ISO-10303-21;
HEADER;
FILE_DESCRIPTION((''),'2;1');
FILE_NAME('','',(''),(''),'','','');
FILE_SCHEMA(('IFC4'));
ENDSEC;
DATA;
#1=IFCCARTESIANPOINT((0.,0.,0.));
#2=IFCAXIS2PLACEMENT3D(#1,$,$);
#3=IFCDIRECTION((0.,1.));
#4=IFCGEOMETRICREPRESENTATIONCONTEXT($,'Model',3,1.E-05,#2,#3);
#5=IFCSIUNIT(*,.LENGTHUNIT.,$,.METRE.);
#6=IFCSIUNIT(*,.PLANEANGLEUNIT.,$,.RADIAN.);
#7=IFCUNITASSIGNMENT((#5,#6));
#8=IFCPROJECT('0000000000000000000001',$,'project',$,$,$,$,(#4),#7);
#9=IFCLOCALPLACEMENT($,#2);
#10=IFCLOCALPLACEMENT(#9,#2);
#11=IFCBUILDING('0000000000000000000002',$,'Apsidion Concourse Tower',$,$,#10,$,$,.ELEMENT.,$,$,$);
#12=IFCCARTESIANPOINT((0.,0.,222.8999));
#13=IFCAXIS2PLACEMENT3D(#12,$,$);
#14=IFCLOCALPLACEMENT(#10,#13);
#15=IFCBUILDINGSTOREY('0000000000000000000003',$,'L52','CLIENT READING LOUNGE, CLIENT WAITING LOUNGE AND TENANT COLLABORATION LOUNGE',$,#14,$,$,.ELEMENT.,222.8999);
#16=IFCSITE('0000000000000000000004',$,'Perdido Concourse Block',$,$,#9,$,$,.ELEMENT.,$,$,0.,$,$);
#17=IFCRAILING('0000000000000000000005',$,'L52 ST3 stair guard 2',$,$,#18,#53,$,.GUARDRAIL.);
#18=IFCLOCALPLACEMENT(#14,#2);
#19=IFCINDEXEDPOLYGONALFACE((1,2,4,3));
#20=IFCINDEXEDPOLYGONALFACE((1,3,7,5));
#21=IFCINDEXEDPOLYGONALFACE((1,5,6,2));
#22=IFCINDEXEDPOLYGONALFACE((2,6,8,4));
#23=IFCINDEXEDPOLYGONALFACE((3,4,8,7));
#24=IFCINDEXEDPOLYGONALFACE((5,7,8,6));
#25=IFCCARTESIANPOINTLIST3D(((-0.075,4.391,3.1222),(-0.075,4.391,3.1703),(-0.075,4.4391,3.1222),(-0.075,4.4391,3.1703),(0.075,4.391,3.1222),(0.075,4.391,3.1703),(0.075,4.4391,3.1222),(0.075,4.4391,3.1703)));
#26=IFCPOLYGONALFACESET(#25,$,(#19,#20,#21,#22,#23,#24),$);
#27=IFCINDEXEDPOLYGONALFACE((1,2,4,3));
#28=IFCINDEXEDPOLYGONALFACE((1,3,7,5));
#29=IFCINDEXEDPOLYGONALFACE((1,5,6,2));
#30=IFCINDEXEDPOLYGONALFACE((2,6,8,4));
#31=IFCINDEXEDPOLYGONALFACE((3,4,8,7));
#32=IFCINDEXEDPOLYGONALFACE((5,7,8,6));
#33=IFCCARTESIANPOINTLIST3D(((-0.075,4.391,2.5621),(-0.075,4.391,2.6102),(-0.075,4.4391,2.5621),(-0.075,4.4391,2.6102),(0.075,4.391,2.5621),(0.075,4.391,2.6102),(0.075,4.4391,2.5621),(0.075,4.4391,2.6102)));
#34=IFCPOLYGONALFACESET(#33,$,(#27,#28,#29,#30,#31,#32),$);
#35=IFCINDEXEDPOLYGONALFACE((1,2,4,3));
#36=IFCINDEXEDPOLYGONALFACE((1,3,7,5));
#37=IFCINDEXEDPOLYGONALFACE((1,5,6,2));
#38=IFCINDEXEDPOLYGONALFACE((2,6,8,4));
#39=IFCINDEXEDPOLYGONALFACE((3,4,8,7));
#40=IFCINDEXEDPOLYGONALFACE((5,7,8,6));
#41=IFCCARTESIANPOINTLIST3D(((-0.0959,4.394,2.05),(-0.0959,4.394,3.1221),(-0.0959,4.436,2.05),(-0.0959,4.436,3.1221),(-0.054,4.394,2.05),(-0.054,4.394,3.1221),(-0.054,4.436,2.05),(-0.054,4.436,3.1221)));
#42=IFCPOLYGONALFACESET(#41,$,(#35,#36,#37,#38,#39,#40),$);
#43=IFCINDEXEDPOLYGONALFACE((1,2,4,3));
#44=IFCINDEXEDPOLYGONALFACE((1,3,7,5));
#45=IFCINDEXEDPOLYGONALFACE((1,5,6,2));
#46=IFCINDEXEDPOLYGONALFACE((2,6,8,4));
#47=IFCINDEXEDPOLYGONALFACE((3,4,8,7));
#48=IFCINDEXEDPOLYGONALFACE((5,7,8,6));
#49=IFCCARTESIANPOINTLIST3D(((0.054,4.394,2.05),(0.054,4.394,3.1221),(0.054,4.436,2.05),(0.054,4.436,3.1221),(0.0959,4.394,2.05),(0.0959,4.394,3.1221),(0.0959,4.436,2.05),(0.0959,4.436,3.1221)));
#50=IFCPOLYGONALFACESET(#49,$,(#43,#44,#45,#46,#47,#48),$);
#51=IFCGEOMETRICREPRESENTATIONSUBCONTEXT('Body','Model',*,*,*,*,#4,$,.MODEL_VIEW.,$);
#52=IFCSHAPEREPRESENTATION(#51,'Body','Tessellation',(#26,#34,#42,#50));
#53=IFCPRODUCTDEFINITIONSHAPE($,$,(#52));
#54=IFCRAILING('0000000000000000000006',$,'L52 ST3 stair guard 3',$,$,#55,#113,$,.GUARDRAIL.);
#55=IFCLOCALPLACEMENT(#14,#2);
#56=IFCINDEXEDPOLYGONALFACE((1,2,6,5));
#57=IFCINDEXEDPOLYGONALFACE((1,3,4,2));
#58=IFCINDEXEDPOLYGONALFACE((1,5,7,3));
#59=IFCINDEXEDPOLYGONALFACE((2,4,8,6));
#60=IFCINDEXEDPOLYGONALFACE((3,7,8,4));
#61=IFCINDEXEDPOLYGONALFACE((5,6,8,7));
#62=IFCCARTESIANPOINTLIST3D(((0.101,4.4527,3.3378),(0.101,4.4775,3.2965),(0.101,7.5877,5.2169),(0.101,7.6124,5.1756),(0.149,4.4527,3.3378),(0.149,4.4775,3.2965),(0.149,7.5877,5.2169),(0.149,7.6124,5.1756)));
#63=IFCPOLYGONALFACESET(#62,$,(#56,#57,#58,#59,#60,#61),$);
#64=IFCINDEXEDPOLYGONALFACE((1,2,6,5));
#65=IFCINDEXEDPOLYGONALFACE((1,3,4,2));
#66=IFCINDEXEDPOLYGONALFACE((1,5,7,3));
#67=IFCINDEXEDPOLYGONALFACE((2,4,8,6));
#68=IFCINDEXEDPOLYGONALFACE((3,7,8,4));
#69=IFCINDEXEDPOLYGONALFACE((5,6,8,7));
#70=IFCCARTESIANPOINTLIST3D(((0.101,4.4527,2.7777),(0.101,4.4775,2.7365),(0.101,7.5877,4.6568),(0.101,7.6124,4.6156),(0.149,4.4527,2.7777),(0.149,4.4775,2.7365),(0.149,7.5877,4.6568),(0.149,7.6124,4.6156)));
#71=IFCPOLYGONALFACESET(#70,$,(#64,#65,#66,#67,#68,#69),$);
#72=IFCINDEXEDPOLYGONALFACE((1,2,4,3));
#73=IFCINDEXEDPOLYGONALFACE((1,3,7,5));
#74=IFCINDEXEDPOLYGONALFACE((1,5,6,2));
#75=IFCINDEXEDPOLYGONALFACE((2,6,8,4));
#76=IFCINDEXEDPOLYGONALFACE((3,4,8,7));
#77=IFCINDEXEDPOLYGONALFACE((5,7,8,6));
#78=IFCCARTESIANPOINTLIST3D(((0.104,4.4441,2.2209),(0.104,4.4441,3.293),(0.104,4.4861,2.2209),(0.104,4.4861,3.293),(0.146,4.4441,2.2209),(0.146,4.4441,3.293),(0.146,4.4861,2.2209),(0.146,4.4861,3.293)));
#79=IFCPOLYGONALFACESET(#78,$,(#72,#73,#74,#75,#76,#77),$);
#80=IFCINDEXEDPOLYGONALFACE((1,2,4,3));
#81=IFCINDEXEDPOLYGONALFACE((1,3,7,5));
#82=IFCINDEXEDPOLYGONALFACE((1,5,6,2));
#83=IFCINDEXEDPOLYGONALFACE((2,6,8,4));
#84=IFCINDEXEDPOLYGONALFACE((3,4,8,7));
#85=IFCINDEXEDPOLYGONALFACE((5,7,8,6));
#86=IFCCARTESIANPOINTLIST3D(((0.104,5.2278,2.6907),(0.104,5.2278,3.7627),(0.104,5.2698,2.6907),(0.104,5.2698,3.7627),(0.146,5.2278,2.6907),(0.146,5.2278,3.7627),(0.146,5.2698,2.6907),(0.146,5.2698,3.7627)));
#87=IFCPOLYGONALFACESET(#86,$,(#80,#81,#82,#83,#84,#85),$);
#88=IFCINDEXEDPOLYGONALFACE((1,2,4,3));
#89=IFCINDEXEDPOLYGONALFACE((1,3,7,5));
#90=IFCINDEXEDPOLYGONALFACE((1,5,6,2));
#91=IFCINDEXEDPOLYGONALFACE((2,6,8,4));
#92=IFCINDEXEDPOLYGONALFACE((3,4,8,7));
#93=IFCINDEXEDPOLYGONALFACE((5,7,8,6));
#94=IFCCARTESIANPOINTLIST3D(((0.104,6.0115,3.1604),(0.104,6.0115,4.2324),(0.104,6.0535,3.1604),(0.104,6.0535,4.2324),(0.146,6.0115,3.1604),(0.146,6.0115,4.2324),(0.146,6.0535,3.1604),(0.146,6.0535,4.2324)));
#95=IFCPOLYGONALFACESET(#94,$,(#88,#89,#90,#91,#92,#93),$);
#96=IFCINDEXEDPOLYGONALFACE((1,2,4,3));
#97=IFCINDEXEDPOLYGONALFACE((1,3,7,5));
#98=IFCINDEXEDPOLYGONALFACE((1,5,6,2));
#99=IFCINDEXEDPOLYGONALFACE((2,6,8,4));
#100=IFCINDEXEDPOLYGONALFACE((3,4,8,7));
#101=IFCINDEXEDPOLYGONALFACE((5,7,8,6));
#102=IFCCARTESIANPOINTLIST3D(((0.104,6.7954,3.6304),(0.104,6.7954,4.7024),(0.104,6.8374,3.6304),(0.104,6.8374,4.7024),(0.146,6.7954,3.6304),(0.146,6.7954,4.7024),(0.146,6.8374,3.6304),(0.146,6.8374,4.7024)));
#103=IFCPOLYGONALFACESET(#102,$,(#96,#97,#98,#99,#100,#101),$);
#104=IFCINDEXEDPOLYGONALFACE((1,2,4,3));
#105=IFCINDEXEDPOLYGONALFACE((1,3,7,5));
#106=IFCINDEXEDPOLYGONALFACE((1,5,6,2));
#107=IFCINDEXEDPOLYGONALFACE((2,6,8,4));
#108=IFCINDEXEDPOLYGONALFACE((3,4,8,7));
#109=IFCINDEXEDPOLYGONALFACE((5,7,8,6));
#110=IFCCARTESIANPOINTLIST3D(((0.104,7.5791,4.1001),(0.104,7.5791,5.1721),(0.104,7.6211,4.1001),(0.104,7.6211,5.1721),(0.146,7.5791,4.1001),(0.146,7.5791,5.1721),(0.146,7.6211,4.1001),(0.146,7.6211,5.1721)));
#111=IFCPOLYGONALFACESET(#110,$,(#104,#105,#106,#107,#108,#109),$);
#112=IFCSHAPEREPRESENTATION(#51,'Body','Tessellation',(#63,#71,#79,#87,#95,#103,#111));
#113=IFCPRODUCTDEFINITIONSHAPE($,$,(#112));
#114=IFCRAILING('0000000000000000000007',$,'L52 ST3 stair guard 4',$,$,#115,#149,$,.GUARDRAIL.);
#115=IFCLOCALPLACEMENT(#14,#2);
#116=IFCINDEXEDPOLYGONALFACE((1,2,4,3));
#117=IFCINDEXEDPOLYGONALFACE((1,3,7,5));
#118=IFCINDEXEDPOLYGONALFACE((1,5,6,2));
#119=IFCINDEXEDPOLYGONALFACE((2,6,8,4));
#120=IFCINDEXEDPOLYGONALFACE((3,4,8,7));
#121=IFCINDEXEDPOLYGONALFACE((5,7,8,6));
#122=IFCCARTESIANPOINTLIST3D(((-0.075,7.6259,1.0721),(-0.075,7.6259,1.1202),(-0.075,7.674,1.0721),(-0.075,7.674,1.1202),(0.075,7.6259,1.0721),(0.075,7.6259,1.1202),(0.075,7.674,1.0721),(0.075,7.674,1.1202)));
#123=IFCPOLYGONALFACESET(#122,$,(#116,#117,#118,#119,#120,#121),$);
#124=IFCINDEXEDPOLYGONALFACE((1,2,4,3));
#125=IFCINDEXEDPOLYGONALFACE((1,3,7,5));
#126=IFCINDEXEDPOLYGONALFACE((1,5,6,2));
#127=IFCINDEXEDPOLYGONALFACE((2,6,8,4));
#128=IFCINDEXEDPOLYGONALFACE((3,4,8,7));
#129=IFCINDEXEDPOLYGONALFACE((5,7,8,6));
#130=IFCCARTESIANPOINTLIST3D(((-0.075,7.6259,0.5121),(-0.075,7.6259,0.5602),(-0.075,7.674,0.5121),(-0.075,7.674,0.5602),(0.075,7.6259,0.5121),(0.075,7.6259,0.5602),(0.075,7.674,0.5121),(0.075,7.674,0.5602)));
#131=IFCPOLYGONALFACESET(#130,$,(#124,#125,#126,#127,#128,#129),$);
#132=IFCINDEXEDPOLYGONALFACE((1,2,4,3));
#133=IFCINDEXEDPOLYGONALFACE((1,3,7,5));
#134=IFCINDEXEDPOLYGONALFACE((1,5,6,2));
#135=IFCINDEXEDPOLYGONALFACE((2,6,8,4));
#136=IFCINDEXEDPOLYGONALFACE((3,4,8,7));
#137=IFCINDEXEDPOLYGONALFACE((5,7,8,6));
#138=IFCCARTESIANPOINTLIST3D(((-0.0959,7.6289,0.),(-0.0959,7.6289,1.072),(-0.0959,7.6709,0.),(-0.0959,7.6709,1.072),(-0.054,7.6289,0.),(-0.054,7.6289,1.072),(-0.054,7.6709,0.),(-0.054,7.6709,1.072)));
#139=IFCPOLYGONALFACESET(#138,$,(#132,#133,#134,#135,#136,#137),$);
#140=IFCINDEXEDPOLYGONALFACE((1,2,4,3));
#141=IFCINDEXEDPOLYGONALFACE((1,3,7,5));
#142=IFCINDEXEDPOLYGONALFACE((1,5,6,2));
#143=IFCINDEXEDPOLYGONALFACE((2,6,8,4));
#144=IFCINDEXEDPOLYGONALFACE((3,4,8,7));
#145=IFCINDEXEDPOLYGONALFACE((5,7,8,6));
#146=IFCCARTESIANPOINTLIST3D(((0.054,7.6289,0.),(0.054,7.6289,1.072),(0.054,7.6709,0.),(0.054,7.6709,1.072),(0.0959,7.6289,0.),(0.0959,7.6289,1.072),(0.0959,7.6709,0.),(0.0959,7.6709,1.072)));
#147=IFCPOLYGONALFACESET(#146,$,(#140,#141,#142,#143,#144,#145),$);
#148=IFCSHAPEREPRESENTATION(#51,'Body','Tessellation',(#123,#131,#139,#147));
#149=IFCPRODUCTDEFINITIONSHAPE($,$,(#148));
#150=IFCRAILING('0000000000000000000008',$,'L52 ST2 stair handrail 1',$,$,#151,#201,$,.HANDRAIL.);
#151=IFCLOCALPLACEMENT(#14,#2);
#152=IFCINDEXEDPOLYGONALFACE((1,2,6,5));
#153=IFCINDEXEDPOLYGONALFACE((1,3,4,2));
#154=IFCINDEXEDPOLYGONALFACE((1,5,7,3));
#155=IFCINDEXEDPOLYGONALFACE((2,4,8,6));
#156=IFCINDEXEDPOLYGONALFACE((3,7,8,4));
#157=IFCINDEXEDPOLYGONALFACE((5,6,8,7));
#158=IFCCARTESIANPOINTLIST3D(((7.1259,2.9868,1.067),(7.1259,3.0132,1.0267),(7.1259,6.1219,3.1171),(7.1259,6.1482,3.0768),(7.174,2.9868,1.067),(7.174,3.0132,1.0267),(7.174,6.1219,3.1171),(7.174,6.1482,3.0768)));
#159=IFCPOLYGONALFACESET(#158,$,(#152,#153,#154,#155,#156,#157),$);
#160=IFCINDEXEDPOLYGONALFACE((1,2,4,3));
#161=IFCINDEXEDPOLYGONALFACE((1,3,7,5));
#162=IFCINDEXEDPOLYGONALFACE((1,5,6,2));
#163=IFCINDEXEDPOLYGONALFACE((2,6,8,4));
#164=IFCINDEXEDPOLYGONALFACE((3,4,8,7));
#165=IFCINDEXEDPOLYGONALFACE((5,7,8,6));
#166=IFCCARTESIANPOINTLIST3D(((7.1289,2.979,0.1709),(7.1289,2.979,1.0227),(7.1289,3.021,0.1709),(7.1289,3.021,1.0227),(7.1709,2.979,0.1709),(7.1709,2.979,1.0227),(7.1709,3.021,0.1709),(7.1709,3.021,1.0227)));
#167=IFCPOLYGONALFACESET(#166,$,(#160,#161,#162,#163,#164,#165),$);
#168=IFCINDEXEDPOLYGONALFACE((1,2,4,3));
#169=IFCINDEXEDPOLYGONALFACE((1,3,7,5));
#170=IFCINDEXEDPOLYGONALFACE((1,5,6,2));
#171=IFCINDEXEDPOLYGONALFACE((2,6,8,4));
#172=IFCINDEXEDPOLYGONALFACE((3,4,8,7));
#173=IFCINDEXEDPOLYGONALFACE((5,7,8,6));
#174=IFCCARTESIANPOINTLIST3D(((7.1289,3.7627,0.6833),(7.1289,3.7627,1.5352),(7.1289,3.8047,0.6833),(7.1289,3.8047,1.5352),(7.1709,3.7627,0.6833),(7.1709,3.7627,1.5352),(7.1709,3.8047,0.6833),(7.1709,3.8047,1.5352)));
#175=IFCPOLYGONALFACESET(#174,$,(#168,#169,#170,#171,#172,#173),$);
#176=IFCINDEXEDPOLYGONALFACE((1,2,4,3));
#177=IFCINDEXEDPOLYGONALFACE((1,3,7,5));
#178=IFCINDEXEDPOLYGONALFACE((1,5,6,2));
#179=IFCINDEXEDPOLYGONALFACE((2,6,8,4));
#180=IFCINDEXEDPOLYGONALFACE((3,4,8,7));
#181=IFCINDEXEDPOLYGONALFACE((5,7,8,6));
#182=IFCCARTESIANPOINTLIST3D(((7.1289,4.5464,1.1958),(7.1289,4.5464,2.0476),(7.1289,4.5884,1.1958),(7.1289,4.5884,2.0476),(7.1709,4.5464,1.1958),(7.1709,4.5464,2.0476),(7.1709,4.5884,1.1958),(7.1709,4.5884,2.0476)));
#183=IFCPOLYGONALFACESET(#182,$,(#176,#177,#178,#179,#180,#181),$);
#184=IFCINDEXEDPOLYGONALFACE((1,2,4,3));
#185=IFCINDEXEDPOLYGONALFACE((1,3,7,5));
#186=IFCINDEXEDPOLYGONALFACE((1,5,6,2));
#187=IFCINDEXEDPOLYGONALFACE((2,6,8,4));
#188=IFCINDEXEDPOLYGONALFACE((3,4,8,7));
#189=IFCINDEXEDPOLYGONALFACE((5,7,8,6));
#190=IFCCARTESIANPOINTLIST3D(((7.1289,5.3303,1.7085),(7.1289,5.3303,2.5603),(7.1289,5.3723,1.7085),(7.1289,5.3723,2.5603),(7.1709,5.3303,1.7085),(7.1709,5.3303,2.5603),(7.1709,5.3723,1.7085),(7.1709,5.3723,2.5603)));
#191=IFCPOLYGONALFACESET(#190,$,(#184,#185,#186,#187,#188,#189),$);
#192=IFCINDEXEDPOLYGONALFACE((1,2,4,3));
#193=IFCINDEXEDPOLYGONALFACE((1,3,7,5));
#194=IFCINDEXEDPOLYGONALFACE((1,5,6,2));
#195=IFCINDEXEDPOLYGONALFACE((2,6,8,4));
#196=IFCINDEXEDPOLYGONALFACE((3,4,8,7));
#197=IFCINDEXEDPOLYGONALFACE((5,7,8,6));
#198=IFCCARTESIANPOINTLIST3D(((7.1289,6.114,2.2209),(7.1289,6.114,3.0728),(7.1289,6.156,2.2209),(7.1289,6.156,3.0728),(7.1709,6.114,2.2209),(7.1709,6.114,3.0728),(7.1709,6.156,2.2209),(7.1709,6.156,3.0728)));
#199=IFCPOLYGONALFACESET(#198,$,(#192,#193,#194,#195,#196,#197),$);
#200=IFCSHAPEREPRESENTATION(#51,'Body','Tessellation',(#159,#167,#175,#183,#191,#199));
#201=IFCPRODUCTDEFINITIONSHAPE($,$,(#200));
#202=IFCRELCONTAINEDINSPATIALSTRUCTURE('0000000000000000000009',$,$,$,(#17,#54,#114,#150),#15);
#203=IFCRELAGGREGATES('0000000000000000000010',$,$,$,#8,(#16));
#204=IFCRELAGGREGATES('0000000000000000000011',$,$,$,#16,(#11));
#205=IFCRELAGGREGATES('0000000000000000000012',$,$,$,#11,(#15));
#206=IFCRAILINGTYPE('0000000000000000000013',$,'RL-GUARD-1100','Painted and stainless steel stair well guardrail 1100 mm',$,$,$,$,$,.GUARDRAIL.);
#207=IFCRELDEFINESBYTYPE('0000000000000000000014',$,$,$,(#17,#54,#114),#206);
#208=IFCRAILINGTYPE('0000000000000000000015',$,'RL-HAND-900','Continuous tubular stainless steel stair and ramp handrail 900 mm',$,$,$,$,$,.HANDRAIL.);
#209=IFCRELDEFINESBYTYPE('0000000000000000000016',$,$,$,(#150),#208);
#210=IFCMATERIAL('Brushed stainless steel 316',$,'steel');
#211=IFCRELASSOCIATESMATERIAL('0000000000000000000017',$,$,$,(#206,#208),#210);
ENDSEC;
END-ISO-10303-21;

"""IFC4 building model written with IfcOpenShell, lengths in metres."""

from ifc_helpers import new_model, si_unit, direction, frame, origin, origin_2d, place, context, subcontext, project, spatial, rectangle, extrude, material, type_object, element, save


model = new_model("IFC4")

# Units and contexts
model_context = context("Model", 3, precision=1e-05, world=origin(), true_north=direction((0.0, 1.0)))
body_context = subcontext(model_context, "Body", "Model", "MODEL_VIEW")
ifc_project = project(units=[si_unit("LENGTHUNIT", "METRE"), si_unit("PLANEANGLEUNIT", "RADIAN")], contexts=[model_context])

# Site, building, storey
site_placement = place(None, origin())
site = spatial("IfcSite", under=ifc_project, at=site_placement, Name="Perdido Concourse Block", CompositionType="ELEMENT", RefElevation=0.0)
building_placement = place(site_placement, origin())
building = spatial("IfcBuilding", under=site, at=building_placement, Name="Apsidion Concourse Tower", CompositionType="ELEMENT")
storey_placement = place(building_placement, frame((0.0, 0.0, 222.8999)))
storey = spatial("IfcBuildingStorey", under=building, at=storey_placement, Name="L52", Description="CLIENT READING LOUNGE, CLIENT WAITING LOUNGE AND TENANT COLLABORATION LOUNGE", CompositionType="ELEMENT", Elevation=222.8999)

# Railings
ifc_material_1 = material(Name="Brushed stainless steel 316", Category="steel")
railing_type_1 = type_object("IfcRailingType", Name="RL-GUARD-1100", Description="Painted and stainless steel stair well guardrail 1100 mm", PredefinedType="GUARDRAIL", material=ifc_material_1)
railing_1_placement = place(storey_placement, frame((-0.075, 4.415, 2.05)))
element("IfcRailing", 1, at=railing_1_placement, inside=storey, type_object=railing_type_1, Name="L52 ST3 stair guard 2", PredefinedType="GUARDRAIL", context=body_context, shape_type="SweptSolid", body=[
    extrude(rectangle(XDim=0.0481, YDim=0.0481, at=origin_2d()), frame((0.0, 0.0, 1.0962), z_axis=(1.0, 0.0, 0.0), x_axis=(0.0, 1.0, 0.0)), (0.0, 0.0, 1.0), 0.1499),
    extrude(rectangle(XDim=0.0481, YDim=0.0481, at=origin_2d()), frame((0.0, 0.0, 0.5361), z_axis=(1.0, 0.0, 0.0), x_axis=(0.0, 1.0, 0.0)), (0.0, 0.0, 1.0), 0.1499),
    extrude(rectangle(XDim=0.042, YDim=0.042, at=origin_2d()), origin(), (0.0, 0.0, 1.0), 1.072),
    extrude(rectangle(XDim=0.042, YDim=0.042, at=origin_2d()), frame((0.1499, 0.0, 0.0)), (0.0, 0.0, 1.0), 1.072),
])
railing_2_placement = place(storey_placement, frame((0.125, 4.4651, 2.2209)))
element("IfcRailing", 2, at=railing_2_placement, inside=storey, type_object=railing_type_1, Name="L52 ST3 stair guard 3", PredefinedType="GUARDRAIL", context=body_context, shape_type="SweptSolid", body=[
    extrude(rectangle(XDim=0.0481, YDim=0.0481, at=origin_2d()), frame((0.0, 0.0, 1.0962), z_axis=(0.0, 0.857717, 0.514122), x_axis=(-1.0, 0.0, 0.0)), (0.0, 0.0, 1.0), 3.655),
    extrude(rectangle(XDim=0.0481, YDim=0.0481, at=origin_2d()), frame((0.0, 0.0, 0.5361), z_axis=(0.0, 0.857717, 0.514122), x_axis=(-1.0, 0.0, 0.0)), (0.0, 0.0, 1.0), 3.655),
    extrude(rectangle(XDim=0.042, YDim=0.042, at=origin_2d()), origin(), (0.0, 0.0, 1.0), 1.072),
    extrude(rectangle(XDim=0.042, YDim=0.042, at=origin_2d()), frame((0.0, 0.7837, 0.4697)), (0.0, 0.0, 1.0), 1.072),
    extrude(rectangle(XDim=0.042, YDim=0.042, at=origin_2d()), frame((0.0, 1.5674, 0.9395)), (0.0, 0.0, 1.0), 1.072),
    extrude(rectangle(XDim=0.042, YDim=0.042, at=origin_2d()), frame((0.0, 2.3513, 1.4094)), (0.0, 0.0, 1.0), 1.072),
    extrude(rectangle(XDim=0.042, YDim=0.042, at=origin_2d()), frame((0.0, 3.135, 1.8792)), (0.0, 0.0, 1.0), 1.072),
])
railing_3_placement = place(storey_placement, frame((-0.075, 7.6499, 0.0)))
element("IfcRailing", 3, at=railing_3_placement, inside=storey, type_object=railing_type_1, Name="L52 ST3 stair guard 4", PredefinedType="GUARDRAIL", context=body_context, shape_type="SweptSolid", body=[
    extrude(rectangle(XDim=0.0481, YDim=0.0481, at=origin_2d()), frame((0.0, 0.0, 1.0962), z_axis=(1.0, 0.0, 0.0), x_axis=(0.0, 1.0, 0.0)), (0.0, 0.0, 1.0), 0.1499),
    extrude(rectangle(XDim=0.0481, YDim=0.0481, at=origin_2d()), frame((0.0, 0.0, 0.5361), z_axis=(1.0, 0.0, 0.0), x_axis=(0.0, 1.0, 0.0)), (0.0, 0.0, 1.0), 0.1499),
    extrude(rectangle(XDim=0.042, YDim=0.042, at=origin_2d()), origin(), (0.0, 0.0, 1.0), 1.072),
    extrude(rectangle(XDim=0.042, YDim=0.042, at=origin_2d()), frame((0.1499, 0.0, 0.0)), (0.0, 0.0, 1.0), 1.072),
])
railing_type_2 = type_object("IfcRailingType", Name="RL-HAND-900", Description="Continuous tubular stainless steel stair and ramp handrail 900 mm", PredefinedType="HANDRAIL", material=ifc_material_1)
railing_4_placement = place(storey_placement, frame((7.1499, 3.0, 0.1709)))
element("IfcRailing", 4, at=railing_4_placement, inside=storey, type_object=railing_type_2, Name="L52 ST2 stair handrail 1", PredefinedType="HANDRAIL", context=body_context, shape_type="SweptSolid", body=[
    extrude(rectangle(XDim=0.0481, YDim=0.0481, at=origin_2d()), frame((0.0, 0.0, 0.876), z_axis=(0.0, 0.836941, 0.547293), x_axis=(-1.0, 0.0, 0.0)), (0.0, 0.0, 1.0), 3.7458),
    extrude(rectangle(XDim=0.042, YDim=0.042, at=origin_2d()), origin(), (0.0, 0.0, 1.0), 0.8518),
    extrude(rectangle(XDim=0.042, YDim=0.042, at=origin_2d()), frame((0.0, 0.7837, 0.5125)), (0.0, 0.0, 1.0), 0.8518),
    extrude(rectangle(XDim=0.042, YDim=0.042, at=origin_2d()), frame((0.0, 1.5674, 1.0249)), (0.0, 0.0, 1.0), 0.8518),
    extrude(rectangle(XDim=0.042, YDim=0.042, at=origin_2d()), frame((0.0, 2.3513, 1.5376)), (0.0, 0.0, 1.0), 0.8518),
    extrude(rectangle(XDim=0.042, YDim=0.042, at=origin_2d()), frame((0.0, 3.135, 2.05)), (0.0, 0.0, 1.0), 0.8518),
])

save(model, "model.ifc")
